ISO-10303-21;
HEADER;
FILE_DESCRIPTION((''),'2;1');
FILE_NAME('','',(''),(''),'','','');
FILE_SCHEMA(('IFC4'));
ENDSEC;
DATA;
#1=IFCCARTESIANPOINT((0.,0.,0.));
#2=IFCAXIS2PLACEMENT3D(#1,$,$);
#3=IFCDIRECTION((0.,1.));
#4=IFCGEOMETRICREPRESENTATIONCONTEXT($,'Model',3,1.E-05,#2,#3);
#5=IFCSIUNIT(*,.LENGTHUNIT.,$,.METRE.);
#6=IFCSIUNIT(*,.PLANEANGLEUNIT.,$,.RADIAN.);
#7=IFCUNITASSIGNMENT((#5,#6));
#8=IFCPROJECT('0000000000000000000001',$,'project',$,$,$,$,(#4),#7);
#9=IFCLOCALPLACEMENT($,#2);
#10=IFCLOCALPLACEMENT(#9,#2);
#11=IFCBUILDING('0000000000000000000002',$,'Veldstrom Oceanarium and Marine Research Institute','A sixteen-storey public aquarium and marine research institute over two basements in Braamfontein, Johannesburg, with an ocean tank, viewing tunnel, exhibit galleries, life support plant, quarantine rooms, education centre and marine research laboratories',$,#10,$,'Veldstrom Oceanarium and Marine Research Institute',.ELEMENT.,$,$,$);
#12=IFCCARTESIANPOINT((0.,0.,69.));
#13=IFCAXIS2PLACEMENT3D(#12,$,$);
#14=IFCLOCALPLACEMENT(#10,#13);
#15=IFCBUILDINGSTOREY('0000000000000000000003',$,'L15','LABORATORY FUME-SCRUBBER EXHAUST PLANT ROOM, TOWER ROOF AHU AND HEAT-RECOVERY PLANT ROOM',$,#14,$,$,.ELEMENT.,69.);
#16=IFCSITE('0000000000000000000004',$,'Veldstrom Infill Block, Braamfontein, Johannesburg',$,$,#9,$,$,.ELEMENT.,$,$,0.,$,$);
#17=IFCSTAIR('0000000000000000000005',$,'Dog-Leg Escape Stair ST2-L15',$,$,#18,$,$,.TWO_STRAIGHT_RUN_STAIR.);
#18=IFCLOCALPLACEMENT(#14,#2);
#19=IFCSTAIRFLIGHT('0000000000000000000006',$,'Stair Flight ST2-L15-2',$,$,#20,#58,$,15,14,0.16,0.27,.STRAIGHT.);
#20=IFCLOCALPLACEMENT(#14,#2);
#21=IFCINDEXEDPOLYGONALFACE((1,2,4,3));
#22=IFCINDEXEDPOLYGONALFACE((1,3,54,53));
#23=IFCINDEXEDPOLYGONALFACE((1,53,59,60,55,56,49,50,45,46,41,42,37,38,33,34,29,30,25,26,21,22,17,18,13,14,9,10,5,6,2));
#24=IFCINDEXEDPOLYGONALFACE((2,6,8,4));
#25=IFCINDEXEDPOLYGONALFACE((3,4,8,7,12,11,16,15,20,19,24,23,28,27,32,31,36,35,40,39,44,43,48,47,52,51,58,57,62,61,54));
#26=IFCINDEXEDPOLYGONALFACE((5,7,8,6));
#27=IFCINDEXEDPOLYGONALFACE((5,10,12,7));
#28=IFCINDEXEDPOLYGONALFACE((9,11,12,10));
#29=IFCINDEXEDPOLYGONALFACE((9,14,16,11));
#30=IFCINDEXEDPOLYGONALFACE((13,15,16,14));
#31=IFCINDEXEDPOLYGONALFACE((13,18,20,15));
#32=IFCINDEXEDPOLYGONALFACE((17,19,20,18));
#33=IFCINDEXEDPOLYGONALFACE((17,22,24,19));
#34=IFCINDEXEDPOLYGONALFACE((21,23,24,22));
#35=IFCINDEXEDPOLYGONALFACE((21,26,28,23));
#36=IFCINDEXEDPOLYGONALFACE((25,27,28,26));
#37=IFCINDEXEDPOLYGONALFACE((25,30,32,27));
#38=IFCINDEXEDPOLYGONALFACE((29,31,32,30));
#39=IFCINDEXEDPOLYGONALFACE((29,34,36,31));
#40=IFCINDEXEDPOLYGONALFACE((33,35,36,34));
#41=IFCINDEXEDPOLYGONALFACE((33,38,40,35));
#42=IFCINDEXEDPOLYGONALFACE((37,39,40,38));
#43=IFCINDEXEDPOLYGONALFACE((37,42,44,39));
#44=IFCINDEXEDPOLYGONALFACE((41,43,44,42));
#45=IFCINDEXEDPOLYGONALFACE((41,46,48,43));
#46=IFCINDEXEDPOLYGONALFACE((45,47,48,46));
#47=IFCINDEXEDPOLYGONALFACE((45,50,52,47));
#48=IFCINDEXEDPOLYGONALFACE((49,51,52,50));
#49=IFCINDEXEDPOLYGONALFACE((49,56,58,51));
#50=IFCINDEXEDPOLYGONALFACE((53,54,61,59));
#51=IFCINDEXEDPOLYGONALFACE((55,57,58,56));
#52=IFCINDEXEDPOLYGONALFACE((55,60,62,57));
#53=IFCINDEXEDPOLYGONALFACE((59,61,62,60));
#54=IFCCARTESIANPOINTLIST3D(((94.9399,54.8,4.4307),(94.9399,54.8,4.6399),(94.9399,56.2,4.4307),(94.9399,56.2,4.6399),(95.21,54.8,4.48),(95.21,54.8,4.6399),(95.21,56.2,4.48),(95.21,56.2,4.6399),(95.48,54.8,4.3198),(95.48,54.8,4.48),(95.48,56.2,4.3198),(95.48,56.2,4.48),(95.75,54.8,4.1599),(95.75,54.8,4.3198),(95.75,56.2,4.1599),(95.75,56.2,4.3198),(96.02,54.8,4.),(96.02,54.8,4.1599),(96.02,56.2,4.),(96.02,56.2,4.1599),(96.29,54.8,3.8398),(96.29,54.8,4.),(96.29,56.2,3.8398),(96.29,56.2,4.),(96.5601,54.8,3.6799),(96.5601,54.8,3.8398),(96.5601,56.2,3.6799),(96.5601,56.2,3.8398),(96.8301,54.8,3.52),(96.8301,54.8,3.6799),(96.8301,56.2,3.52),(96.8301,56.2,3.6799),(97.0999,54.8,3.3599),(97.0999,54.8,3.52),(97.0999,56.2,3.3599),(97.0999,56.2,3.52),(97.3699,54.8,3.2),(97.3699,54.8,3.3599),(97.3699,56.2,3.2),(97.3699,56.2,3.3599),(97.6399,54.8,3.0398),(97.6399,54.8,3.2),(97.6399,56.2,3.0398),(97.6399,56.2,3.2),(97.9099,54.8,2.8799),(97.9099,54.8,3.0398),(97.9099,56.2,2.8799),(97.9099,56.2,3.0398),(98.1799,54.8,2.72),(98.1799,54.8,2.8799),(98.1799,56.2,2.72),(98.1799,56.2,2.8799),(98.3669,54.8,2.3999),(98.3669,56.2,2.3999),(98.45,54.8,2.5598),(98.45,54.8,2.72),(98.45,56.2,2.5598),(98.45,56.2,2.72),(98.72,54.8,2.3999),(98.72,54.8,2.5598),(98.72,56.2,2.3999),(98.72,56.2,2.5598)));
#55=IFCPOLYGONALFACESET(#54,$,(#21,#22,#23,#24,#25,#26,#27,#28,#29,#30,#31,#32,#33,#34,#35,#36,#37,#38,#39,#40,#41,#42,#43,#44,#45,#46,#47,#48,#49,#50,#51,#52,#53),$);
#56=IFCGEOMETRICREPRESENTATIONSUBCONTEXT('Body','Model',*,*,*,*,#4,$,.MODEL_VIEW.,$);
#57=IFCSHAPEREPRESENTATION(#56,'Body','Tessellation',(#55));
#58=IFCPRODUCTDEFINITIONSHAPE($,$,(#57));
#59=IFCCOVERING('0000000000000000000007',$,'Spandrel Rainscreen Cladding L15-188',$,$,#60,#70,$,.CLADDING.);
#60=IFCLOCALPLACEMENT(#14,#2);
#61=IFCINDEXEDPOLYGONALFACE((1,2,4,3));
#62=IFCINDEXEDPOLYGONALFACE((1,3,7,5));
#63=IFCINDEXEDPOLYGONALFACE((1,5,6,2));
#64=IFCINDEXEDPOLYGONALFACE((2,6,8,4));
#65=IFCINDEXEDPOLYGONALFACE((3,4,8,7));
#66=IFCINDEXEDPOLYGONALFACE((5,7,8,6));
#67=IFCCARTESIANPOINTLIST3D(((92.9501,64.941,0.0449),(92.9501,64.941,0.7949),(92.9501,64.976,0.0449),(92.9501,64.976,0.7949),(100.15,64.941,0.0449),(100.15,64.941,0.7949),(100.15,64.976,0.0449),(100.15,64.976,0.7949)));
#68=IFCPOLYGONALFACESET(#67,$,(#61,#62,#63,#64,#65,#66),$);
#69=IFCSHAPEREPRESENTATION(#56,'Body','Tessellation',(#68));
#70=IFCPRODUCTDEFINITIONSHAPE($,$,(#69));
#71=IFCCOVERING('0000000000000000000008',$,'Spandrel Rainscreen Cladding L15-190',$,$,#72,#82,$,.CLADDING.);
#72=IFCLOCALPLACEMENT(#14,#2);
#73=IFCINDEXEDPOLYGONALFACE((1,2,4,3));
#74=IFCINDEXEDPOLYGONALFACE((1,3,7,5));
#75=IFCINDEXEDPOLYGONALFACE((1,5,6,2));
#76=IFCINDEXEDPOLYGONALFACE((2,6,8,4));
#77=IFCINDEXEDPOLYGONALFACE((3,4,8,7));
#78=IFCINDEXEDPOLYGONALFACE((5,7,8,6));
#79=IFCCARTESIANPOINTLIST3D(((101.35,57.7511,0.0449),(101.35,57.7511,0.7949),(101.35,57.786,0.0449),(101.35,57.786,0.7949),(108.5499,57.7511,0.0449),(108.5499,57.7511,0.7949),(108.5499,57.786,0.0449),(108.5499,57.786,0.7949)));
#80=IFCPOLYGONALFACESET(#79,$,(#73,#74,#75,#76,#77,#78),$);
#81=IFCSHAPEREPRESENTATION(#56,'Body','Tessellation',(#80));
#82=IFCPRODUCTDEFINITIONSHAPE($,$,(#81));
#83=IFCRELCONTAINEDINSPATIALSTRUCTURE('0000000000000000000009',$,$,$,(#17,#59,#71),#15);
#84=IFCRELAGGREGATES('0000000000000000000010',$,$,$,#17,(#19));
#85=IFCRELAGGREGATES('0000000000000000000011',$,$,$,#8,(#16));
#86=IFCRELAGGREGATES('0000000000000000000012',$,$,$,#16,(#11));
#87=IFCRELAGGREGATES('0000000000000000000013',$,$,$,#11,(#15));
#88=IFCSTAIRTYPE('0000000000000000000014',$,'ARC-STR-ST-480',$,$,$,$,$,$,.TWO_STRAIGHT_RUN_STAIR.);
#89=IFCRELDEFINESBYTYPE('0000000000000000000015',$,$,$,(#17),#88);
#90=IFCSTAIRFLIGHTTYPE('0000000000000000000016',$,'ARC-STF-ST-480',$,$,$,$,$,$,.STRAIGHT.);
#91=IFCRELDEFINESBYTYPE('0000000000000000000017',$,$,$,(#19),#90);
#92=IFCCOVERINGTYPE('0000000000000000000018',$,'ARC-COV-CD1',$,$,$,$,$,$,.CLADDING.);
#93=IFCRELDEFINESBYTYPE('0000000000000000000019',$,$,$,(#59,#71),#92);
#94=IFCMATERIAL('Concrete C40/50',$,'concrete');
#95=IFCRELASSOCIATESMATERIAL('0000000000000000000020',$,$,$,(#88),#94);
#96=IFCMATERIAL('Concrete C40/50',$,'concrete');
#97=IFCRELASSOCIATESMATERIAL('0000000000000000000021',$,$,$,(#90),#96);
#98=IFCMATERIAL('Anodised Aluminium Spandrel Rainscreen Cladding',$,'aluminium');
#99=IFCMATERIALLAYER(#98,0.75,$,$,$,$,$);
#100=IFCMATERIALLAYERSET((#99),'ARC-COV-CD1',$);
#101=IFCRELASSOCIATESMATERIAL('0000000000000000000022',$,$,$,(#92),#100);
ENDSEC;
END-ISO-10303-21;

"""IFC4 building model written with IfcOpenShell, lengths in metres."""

from ifc_helpers import new_model, si_unit, direction, frame, origin, origin_2d, place, context, subcontext, project, spatial, polyline, rectangle, outline, extrude, material, layer, layer_set, type_object, element, aggregate, save


model = new_model("IFC4")

# Units and contexts
model_context = context("Model", 3, precision=1e-05, world=origin(), true_north=direction((0.0, 1.0)))
body_context = subcontext(model_context, "Body", "Model", "MODEL_VIEW")
ifc_project = project(units=[si_unit("LENGTHUNIT", "METRE"), si_unit("PLANEANGLEUNIT", "RADIAN")], contexts=[model_context])

# Site, building, storey
site_placement = place(None, origin())
site = spatial("IfcSite", under=ifc_project, at=site_placement, Name="Veldstrom Infill Block, Braamfontein, Johannesburg", CompositionType="ELEMENT", RefElevation=0.0)
building_placement = place(site_placement, origin())
building = spatial("IfcBuilding", under=site, at=building_placement, Name="Veldstrom Oceanarium and Marine Research Institute", Description="A sixteen-storey public aquarium and marine research institute over two basements in Braamfontein, Johannesburg, with an ocean tank, viewing tunnel, exhibit galleries, life support plant, quarantine rooms, education centre and marine research laboratories", LongName="Veldstrom Oceanarium and Marine Research Institute", CompositionType="ELEMENT")
storey_placement = place(building_placement, frame((0.0, 0.0, 69.0)))
storey = spatial("IfcBuildingStorey", under=building, at=storey_placement, Name="L15", Description="LABORATORY FUME-SCRUBBER EXHAUST PLANT ROOM, TOWER ROOF AHU AND HEAT-RECOVERY PLANT ROOM", CompositionType="ELEMENT", Elevation=69.0)

# Stair, stair flight
ifc_material_1 = material(Name="Concrete C40/50", Category="concrete")
stair_type = type_object("IfcStairType", Name="ARC-STR-ST-480", PredefinedType="TWO_STRAIGHT_RUN_STAIR", material=ifc_material_1)
stair_placement = place(storey_placement, origin())
stair = element("IfcStair", 1, at=stair_placement, inside=storey, type_object=stair_type, Name="Dog-Leg Escape Stair ST2-L15", PredefinedType="TWO_STRAIGHT_RUN_STAIR")
ifc_material_2 = material(Name="Concrete C40/50", Category="concrete")
stair_flight_type = type_object("IfcStairFlightType", Name="ARC-STF-ST-480", PredefinedType="STRAIGHT", material=ifc_material_2)
stair_flight_placement = place(storey_placement, frame((98.72, 55.5, 2.3999), z_axis=(0.0, 0.0, 1.0), x_axis=(-1.0, 0.0, 0.0)))
stair_flight = element("IfcStairFlight", 2, at=stair_flight_placement, type_object=stair_flight_type, Name="Stair Flight ST2-L15-2", NumberOfRisers=15, NumberOfTreads=14, PredefinedType="STRAIGHT", RiserHeight=0.16, TreadLength=0.27, context=body_context, shape_type="SweptSolid", body=[
    extrude(outline(polyline([(0.0, 0.0), (0.0, 0.1599), (0.27, 0.1599), (0.27, 0.3201), (0.54, 0.3201), (0.54, 0.48), (0.8101, 0.48), (0.8101, 0.6399), (1.0801, 0.6399), (1.0801, 0.8), (1.3501, 0.8), (1.3501, 0.96), (1.6201, 0.96), (1.6201, 1.1201), (1.8899, 1.1201), (1.8899, 1.28), (2.1599, 1.28), (2.1599, 1.4399), (2.4299, 1.4399), (2.4299, 1.6001), (2.7, 1.6001), (2.7, 1.76), (2.97, 1.76), (2.97, 1.9199), (3.24, 1.9199), (3.24, 2.0801), (3.51, 2.0801), (3.51, 2.24), (3.78, 2.24), (3.78, 2.3999), (3.78, 2.0308), (0.353, 0.0), (0.0, 0.0)])), frame((0.0, 0.7, 0.0), z_axis=(0.0, -1.0, 0.0), x_axis=(1.0, 0.0, 0.0)), (0.0, 0.0, 1.0), 1.3999),
])
aggregate(stair, [stair_flight])

# Coverings
ifc_material_3 = material(Name="Anodised Aluminium Spandrel Rainscreen Cladding", Category="aluminium")
ifc_layer_1 = layer(ifc_material_3, 0.75)
ifc_layer_set_1 = layer_set([ifc_layer_1], Name="ARC-COV-CD1")
covering_type = type_object("IfcCoveringType", Name="ARC-COV-CD1", PredefinedType="CLADDING", material=ifc_layer_set_1)
for number, where, z_axis, x_axis, name in (
    (3, (96.55, 64.9585, 0.0449), (0.0, 0.0, 1.0), (1.0, 0.0, 0.0), "Spandrel Rainscreen Cladding L15-188"),
    (4, (104.95, 57.7686, 0.0449), (0.0, 0.0, 1.0), (1.0, 0.0, 0.0), "Spandrel Rainscreen Cladding L15-190"),
):
    element("IfcCovering", number, at=place(storey_placement, frame(where, z_axis=z_axis, x_axis=x_axis)), inside=storey, type_object=covering_type, Name=name, PredefinedType="CLADDING", context=body_context, shape_type="SweptSolid", body=[
        extrude(rectangle(XDim=7.2, YDim=0.0349, at=origin_2d()), origin(), (0.0, 0.0, 1.0), 0.75),
    ])

save(model, "model.ifc")
